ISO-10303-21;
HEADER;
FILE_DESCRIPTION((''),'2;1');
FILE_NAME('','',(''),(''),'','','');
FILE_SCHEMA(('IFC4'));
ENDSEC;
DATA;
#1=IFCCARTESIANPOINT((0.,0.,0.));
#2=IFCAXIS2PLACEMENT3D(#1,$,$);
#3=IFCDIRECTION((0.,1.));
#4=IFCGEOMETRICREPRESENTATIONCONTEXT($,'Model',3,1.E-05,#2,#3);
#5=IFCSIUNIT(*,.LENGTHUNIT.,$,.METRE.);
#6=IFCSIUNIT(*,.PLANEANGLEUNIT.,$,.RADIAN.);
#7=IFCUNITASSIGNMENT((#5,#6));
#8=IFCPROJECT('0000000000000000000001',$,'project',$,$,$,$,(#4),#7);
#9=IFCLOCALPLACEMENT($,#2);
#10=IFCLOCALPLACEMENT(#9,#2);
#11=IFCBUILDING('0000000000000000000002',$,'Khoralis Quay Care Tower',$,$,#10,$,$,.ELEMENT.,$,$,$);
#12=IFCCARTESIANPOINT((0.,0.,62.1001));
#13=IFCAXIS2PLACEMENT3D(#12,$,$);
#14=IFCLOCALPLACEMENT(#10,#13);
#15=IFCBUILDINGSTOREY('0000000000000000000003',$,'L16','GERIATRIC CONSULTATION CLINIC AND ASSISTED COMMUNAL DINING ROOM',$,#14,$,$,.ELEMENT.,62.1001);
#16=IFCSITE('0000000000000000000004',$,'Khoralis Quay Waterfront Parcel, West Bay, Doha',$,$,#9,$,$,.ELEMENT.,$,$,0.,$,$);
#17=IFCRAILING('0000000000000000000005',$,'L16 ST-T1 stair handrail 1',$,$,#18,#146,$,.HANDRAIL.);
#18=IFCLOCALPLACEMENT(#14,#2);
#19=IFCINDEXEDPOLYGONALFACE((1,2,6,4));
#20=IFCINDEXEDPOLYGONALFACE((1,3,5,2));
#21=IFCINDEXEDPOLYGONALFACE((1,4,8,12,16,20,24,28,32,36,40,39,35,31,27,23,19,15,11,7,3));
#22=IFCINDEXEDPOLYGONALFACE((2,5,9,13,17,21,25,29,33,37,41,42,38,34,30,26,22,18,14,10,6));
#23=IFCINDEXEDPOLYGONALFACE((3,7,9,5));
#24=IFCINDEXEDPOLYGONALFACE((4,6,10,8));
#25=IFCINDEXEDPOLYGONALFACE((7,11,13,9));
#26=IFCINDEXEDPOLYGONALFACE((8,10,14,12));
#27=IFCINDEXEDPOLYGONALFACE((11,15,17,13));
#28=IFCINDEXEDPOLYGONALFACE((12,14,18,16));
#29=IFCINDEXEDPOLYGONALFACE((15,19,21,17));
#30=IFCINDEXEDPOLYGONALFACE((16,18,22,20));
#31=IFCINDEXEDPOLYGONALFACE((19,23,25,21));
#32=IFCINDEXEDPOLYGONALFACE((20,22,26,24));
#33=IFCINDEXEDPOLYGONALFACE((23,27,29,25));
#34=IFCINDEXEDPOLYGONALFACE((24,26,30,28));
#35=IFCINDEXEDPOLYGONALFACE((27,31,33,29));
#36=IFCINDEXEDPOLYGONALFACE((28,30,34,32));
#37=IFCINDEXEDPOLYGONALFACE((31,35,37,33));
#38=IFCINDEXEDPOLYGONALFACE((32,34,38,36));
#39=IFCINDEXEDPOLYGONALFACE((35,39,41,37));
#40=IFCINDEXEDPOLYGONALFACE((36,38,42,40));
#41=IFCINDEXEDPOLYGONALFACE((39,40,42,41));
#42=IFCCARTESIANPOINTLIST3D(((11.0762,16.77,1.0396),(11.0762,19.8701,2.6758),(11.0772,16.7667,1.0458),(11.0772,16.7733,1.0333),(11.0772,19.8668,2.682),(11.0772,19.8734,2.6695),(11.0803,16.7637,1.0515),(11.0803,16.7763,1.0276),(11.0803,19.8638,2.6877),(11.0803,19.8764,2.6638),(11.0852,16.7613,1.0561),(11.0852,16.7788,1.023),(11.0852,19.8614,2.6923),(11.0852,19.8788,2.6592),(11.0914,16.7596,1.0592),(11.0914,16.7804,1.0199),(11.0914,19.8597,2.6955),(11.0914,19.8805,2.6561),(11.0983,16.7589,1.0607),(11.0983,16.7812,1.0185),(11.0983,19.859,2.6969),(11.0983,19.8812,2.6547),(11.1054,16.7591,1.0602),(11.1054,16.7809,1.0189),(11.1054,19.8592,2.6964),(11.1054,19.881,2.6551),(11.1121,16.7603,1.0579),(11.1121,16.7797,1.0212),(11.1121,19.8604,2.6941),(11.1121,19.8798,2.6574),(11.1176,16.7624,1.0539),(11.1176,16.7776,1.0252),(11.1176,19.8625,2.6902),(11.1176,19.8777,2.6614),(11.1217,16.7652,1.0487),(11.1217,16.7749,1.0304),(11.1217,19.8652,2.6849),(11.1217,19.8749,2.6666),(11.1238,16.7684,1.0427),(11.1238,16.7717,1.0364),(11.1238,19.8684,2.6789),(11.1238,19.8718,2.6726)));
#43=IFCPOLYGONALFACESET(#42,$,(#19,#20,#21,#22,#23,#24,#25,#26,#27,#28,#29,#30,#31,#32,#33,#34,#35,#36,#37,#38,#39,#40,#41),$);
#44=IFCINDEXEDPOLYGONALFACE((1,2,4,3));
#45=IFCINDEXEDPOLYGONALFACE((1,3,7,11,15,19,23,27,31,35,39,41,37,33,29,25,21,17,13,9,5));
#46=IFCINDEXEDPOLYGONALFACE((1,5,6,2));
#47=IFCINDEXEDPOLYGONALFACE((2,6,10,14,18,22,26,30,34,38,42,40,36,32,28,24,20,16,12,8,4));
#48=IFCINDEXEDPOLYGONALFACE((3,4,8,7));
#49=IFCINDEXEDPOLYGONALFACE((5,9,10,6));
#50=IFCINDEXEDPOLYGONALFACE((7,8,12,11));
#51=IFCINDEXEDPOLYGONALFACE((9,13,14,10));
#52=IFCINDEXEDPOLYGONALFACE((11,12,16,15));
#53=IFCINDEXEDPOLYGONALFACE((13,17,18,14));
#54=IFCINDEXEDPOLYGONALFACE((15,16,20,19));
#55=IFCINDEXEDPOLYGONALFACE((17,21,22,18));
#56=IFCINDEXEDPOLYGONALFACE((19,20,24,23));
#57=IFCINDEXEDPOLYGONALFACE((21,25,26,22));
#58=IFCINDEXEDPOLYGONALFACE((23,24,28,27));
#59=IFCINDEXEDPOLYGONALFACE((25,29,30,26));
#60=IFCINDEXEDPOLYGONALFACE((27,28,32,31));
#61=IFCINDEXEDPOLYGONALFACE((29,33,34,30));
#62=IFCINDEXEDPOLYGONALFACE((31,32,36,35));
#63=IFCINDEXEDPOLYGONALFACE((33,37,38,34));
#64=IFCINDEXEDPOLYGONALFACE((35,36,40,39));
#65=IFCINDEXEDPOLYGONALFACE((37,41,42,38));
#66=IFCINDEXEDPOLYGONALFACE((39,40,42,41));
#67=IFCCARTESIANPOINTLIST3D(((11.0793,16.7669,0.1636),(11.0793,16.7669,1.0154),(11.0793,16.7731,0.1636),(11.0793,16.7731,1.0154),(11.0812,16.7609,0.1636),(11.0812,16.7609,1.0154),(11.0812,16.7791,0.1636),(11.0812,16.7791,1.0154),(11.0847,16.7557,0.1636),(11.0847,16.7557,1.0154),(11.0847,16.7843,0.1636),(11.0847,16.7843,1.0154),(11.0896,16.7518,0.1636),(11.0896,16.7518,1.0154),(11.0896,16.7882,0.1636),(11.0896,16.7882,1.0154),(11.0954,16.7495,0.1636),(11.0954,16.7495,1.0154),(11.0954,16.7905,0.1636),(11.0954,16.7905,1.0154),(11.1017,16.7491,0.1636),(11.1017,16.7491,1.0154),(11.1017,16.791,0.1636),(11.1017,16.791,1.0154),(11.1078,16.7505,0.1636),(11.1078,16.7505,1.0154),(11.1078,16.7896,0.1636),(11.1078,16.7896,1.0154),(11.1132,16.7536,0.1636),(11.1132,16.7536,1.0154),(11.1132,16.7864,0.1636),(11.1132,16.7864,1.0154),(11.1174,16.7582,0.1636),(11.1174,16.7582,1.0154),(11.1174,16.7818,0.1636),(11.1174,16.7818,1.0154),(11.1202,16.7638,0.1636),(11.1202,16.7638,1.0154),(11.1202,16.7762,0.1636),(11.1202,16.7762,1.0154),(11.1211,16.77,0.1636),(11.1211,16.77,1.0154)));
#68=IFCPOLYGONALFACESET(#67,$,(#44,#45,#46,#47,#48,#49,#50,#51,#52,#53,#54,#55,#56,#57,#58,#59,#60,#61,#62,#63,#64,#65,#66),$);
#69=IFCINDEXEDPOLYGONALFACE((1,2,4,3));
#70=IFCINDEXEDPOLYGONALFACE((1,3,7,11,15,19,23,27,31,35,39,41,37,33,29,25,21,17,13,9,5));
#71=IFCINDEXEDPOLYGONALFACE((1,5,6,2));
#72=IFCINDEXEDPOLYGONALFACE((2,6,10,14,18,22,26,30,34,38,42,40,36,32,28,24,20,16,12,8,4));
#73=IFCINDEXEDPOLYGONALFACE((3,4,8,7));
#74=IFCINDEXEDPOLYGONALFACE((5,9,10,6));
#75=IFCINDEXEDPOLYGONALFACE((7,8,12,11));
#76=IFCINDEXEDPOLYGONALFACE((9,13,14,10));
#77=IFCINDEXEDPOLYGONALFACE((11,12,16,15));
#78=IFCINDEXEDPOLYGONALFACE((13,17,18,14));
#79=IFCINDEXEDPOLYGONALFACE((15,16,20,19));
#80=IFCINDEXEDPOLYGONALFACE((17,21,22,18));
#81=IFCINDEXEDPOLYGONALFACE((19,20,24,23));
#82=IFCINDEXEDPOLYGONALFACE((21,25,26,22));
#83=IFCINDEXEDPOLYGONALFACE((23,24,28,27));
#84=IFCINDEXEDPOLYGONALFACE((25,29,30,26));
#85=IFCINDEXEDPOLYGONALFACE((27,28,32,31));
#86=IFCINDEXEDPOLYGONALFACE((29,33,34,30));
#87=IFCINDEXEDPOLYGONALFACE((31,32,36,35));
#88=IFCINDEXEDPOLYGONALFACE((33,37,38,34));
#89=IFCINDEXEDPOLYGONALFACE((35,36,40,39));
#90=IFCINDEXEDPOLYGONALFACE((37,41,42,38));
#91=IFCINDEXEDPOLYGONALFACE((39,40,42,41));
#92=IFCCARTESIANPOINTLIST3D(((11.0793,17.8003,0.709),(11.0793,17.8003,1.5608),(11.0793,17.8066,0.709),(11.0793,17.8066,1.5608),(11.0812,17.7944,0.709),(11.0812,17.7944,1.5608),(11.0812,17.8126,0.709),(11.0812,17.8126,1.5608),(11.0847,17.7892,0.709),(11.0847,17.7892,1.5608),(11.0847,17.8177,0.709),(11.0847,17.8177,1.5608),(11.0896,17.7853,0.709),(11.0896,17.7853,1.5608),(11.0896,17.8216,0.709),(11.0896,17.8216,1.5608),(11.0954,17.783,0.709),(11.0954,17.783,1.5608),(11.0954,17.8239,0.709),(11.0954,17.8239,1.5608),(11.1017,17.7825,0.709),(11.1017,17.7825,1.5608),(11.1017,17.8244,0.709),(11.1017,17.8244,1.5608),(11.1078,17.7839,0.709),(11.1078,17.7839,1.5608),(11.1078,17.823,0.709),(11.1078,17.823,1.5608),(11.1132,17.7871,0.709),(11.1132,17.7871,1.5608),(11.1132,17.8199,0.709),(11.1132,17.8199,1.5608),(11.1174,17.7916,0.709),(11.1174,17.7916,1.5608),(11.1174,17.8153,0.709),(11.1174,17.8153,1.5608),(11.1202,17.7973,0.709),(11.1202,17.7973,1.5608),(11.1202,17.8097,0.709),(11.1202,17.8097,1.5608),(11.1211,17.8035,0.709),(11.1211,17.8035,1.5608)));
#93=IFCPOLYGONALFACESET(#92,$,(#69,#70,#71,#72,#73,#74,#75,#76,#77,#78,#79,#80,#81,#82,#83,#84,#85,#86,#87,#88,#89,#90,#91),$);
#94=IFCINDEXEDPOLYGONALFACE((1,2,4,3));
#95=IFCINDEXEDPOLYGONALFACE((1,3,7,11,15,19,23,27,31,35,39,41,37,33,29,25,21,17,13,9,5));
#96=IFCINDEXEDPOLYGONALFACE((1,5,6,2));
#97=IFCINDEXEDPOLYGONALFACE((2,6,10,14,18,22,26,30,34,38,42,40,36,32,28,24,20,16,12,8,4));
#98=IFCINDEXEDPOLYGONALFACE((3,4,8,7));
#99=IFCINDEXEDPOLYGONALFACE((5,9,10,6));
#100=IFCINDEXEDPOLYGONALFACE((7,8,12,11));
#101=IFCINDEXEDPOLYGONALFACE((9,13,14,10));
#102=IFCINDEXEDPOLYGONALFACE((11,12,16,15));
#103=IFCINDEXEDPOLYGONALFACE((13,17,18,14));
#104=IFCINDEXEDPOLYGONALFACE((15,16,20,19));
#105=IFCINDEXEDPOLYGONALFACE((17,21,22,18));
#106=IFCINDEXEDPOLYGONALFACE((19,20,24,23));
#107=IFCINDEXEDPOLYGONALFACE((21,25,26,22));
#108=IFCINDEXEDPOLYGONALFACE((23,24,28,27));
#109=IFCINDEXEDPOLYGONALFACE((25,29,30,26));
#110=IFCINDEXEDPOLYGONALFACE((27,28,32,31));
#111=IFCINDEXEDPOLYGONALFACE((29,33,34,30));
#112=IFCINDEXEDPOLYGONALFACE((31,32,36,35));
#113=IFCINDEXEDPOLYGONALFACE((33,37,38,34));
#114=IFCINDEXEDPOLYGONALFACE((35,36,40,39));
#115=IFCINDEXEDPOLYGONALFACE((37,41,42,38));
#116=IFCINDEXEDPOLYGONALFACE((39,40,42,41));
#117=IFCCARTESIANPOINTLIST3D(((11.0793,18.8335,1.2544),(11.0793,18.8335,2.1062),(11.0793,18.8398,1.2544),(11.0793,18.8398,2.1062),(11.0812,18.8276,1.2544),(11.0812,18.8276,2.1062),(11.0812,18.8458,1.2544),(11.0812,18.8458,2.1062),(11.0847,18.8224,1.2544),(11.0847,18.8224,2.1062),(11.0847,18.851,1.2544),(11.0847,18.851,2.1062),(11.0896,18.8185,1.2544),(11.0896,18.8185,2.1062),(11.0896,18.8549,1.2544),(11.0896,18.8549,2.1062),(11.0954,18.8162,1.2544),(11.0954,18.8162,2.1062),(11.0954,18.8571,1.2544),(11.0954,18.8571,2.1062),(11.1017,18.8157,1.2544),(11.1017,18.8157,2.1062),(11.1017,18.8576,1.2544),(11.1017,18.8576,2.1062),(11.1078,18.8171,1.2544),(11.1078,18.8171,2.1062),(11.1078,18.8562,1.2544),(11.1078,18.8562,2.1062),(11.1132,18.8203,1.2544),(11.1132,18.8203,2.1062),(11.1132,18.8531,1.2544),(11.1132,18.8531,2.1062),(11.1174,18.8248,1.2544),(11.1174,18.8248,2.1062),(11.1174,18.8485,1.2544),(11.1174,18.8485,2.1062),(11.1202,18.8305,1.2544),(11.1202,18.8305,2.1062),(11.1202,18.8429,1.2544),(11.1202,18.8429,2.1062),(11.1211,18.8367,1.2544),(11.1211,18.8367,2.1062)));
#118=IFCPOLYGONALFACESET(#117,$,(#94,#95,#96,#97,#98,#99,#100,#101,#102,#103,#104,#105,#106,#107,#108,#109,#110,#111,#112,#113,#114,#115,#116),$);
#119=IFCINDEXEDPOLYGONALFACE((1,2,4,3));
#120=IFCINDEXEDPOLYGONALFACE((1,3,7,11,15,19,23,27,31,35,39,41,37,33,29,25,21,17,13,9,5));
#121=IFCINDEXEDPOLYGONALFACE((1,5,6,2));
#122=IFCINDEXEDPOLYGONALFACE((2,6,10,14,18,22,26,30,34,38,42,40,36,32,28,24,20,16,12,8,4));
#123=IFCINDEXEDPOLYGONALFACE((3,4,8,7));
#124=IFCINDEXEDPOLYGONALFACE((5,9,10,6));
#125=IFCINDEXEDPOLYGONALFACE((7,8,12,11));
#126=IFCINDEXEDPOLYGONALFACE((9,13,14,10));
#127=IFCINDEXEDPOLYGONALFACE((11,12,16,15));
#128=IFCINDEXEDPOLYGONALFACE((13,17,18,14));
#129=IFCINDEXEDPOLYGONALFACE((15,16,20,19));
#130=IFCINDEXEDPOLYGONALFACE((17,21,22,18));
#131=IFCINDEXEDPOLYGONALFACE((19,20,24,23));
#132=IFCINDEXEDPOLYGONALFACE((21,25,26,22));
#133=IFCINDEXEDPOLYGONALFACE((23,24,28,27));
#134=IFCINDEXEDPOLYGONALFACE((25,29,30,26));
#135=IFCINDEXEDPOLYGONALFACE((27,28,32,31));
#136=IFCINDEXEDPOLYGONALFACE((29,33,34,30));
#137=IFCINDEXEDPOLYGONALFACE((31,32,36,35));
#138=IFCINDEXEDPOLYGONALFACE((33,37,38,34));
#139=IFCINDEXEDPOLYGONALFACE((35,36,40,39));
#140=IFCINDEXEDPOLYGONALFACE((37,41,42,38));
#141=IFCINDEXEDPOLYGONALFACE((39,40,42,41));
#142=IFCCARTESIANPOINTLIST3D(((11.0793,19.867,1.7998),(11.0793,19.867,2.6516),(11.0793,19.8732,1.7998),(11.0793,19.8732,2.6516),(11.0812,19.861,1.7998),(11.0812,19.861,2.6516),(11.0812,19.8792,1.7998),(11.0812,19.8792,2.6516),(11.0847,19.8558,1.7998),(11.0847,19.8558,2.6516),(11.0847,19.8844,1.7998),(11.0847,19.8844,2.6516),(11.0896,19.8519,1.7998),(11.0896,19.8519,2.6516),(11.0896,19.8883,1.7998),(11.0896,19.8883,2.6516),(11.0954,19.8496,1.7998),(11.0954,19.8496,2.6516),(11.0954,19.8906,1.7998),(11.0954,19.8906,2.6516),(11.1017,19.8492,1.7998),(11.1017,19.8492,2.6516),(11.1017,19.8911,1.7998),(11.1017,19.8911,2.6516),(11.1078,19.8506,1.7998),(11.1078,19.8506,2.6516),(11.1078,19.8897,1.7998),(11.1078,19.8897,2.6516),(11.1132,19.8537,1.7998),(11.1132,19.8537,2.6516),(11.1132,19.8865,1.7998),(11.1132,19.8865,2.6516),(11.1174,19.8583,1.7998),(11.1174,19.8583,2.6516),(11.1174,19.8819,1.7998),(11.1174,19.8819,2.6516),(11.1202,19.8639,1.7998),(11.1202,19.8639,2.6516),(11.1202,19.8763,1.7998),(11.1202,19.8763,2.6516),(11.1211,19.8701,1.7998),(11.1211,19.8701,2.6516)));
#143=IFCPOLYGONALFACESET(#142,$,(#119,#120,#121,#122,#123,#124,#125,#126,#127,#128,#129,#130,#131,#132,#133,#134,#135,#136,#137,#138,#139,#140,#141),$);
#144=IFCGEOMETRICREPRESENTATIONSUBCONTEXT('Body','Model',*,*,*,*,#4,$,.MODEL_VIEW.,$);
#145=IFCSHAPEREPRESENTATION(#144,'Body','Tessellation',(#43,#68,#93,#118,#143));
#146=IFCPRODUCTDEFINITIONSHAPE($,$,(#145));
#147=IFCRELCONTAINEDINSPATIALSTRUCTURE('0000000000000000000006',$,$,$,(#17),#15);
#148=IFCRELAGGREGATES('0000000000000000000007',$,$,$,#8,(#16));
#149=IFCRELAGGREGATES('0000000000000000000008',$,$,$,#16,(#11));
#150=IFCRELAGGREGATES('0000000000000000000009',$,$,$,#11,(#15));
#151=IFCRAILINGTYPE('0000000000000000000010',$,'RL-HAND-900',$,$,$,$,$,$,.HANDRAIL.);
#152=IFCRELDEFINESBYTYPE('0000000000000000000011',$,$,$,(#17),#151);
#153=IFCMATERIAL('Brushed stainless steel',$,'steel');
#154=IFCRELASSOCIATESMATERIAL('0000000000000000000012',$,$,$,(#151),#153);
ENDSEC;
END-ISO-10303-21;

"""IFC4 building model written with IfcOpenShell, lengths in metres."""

from ifc_helpers import new_model, si_unit, direction, frame, origin, origin_2d, place, context, subcontext, project, spatial, circle, extrude, material, type_object, element, save


model = new_model("IFC4")

# Units and contexts
model_context = context("Model", 3, precision=1e-05, world=origin(), true_north=direction((0.0, 1.0)))
body_context = subcontext(model_context, "Body", "Model", "MODEL_VIEW")
ifc_project = project(units=[si_unit("LENGTHUNIT", "METRE"), si_unit("PLANEANGLEUNIT", "RADIAN")], contexts=[model_context])

# Site, building, storey
site_placement = place(None, origin())
site = spatial("IfcSite", under=ifc_project, at=site_placement, Name="Khoralis Quay Waterfront Parcel, West Bay, Doha", CompositionType="ELEMENT", RefElevation=0.0)
building_placement = place(site_placement, origin())
building = spatial("IfcBuilding", under=site, at=building_placement, Name="Khoralis Quay Care Tower", CompositionType="ELEMENT")
storey_placement = place(building_placement, frame((0.0, 0.0, 62.1001)))
storey = spatial("IfcBuildingStorey", under=building, at=storey_placement, Name="L16", Description="GERIATRIC CONSULTATION CLINIC AND ASSISTED COMMUNAL DINING ROOM", CompositionType="ELEMENT", Elevation=62.1001)

# Shared definitions
ifc_material_1 = material(Name="Brushed stainless steel", Category="steel")

# Railing
railing_type_1 = type_object("IfcRailingType", Name="RL-HAND-900", PredefinedType="HANDRAIL", material=ifc_material_1)
railing_1_placement = place(storey_placement, frame((11.1001, 16.77, 0.1636)))
element("IfcRailing", 1, at=railing_1_placement, inside=storey, type_object=railing_type_1, Name="L16 ST-T1 stair handrail 1", PredefinedType="HANDRAIL", context=body_context, shape_type="SweptSolid", body=[
    extrude(circle(Radius=0.0239, at=origin_2d()), frame((0.0, 0.0, 0.876), z_axis=(0.0, 0.884377, 0.466774), x_axis=(-1.0, 0.0, 0.0)), (0.0, 0.0, 1.0), 3.5054),
    extrude(circle(Radius=0.021, at=origin_2d()), origin(), (0.0, 0.0, 1.0), 0.8518),
    extrude(circle(Radius=0.021, at=origin_2d()), frame((0.0, 1.0334, 0.5454)), (0.0, 0.0, 1.0), 0.8518),
    extrude(circle(Radius=0.021, at=origin_2d()), frame((0.0, 2.0667, 1.0908)), (0.0, 0.0, 1.0), 0.8518),
    extrude(circle(Radius=0.021, at=origin_2d()), frame((0.0, 3.1001, 1.6362)), (0.0, 0.0, 1.0), 0.8518),
])

save(model, "model.ifc")
